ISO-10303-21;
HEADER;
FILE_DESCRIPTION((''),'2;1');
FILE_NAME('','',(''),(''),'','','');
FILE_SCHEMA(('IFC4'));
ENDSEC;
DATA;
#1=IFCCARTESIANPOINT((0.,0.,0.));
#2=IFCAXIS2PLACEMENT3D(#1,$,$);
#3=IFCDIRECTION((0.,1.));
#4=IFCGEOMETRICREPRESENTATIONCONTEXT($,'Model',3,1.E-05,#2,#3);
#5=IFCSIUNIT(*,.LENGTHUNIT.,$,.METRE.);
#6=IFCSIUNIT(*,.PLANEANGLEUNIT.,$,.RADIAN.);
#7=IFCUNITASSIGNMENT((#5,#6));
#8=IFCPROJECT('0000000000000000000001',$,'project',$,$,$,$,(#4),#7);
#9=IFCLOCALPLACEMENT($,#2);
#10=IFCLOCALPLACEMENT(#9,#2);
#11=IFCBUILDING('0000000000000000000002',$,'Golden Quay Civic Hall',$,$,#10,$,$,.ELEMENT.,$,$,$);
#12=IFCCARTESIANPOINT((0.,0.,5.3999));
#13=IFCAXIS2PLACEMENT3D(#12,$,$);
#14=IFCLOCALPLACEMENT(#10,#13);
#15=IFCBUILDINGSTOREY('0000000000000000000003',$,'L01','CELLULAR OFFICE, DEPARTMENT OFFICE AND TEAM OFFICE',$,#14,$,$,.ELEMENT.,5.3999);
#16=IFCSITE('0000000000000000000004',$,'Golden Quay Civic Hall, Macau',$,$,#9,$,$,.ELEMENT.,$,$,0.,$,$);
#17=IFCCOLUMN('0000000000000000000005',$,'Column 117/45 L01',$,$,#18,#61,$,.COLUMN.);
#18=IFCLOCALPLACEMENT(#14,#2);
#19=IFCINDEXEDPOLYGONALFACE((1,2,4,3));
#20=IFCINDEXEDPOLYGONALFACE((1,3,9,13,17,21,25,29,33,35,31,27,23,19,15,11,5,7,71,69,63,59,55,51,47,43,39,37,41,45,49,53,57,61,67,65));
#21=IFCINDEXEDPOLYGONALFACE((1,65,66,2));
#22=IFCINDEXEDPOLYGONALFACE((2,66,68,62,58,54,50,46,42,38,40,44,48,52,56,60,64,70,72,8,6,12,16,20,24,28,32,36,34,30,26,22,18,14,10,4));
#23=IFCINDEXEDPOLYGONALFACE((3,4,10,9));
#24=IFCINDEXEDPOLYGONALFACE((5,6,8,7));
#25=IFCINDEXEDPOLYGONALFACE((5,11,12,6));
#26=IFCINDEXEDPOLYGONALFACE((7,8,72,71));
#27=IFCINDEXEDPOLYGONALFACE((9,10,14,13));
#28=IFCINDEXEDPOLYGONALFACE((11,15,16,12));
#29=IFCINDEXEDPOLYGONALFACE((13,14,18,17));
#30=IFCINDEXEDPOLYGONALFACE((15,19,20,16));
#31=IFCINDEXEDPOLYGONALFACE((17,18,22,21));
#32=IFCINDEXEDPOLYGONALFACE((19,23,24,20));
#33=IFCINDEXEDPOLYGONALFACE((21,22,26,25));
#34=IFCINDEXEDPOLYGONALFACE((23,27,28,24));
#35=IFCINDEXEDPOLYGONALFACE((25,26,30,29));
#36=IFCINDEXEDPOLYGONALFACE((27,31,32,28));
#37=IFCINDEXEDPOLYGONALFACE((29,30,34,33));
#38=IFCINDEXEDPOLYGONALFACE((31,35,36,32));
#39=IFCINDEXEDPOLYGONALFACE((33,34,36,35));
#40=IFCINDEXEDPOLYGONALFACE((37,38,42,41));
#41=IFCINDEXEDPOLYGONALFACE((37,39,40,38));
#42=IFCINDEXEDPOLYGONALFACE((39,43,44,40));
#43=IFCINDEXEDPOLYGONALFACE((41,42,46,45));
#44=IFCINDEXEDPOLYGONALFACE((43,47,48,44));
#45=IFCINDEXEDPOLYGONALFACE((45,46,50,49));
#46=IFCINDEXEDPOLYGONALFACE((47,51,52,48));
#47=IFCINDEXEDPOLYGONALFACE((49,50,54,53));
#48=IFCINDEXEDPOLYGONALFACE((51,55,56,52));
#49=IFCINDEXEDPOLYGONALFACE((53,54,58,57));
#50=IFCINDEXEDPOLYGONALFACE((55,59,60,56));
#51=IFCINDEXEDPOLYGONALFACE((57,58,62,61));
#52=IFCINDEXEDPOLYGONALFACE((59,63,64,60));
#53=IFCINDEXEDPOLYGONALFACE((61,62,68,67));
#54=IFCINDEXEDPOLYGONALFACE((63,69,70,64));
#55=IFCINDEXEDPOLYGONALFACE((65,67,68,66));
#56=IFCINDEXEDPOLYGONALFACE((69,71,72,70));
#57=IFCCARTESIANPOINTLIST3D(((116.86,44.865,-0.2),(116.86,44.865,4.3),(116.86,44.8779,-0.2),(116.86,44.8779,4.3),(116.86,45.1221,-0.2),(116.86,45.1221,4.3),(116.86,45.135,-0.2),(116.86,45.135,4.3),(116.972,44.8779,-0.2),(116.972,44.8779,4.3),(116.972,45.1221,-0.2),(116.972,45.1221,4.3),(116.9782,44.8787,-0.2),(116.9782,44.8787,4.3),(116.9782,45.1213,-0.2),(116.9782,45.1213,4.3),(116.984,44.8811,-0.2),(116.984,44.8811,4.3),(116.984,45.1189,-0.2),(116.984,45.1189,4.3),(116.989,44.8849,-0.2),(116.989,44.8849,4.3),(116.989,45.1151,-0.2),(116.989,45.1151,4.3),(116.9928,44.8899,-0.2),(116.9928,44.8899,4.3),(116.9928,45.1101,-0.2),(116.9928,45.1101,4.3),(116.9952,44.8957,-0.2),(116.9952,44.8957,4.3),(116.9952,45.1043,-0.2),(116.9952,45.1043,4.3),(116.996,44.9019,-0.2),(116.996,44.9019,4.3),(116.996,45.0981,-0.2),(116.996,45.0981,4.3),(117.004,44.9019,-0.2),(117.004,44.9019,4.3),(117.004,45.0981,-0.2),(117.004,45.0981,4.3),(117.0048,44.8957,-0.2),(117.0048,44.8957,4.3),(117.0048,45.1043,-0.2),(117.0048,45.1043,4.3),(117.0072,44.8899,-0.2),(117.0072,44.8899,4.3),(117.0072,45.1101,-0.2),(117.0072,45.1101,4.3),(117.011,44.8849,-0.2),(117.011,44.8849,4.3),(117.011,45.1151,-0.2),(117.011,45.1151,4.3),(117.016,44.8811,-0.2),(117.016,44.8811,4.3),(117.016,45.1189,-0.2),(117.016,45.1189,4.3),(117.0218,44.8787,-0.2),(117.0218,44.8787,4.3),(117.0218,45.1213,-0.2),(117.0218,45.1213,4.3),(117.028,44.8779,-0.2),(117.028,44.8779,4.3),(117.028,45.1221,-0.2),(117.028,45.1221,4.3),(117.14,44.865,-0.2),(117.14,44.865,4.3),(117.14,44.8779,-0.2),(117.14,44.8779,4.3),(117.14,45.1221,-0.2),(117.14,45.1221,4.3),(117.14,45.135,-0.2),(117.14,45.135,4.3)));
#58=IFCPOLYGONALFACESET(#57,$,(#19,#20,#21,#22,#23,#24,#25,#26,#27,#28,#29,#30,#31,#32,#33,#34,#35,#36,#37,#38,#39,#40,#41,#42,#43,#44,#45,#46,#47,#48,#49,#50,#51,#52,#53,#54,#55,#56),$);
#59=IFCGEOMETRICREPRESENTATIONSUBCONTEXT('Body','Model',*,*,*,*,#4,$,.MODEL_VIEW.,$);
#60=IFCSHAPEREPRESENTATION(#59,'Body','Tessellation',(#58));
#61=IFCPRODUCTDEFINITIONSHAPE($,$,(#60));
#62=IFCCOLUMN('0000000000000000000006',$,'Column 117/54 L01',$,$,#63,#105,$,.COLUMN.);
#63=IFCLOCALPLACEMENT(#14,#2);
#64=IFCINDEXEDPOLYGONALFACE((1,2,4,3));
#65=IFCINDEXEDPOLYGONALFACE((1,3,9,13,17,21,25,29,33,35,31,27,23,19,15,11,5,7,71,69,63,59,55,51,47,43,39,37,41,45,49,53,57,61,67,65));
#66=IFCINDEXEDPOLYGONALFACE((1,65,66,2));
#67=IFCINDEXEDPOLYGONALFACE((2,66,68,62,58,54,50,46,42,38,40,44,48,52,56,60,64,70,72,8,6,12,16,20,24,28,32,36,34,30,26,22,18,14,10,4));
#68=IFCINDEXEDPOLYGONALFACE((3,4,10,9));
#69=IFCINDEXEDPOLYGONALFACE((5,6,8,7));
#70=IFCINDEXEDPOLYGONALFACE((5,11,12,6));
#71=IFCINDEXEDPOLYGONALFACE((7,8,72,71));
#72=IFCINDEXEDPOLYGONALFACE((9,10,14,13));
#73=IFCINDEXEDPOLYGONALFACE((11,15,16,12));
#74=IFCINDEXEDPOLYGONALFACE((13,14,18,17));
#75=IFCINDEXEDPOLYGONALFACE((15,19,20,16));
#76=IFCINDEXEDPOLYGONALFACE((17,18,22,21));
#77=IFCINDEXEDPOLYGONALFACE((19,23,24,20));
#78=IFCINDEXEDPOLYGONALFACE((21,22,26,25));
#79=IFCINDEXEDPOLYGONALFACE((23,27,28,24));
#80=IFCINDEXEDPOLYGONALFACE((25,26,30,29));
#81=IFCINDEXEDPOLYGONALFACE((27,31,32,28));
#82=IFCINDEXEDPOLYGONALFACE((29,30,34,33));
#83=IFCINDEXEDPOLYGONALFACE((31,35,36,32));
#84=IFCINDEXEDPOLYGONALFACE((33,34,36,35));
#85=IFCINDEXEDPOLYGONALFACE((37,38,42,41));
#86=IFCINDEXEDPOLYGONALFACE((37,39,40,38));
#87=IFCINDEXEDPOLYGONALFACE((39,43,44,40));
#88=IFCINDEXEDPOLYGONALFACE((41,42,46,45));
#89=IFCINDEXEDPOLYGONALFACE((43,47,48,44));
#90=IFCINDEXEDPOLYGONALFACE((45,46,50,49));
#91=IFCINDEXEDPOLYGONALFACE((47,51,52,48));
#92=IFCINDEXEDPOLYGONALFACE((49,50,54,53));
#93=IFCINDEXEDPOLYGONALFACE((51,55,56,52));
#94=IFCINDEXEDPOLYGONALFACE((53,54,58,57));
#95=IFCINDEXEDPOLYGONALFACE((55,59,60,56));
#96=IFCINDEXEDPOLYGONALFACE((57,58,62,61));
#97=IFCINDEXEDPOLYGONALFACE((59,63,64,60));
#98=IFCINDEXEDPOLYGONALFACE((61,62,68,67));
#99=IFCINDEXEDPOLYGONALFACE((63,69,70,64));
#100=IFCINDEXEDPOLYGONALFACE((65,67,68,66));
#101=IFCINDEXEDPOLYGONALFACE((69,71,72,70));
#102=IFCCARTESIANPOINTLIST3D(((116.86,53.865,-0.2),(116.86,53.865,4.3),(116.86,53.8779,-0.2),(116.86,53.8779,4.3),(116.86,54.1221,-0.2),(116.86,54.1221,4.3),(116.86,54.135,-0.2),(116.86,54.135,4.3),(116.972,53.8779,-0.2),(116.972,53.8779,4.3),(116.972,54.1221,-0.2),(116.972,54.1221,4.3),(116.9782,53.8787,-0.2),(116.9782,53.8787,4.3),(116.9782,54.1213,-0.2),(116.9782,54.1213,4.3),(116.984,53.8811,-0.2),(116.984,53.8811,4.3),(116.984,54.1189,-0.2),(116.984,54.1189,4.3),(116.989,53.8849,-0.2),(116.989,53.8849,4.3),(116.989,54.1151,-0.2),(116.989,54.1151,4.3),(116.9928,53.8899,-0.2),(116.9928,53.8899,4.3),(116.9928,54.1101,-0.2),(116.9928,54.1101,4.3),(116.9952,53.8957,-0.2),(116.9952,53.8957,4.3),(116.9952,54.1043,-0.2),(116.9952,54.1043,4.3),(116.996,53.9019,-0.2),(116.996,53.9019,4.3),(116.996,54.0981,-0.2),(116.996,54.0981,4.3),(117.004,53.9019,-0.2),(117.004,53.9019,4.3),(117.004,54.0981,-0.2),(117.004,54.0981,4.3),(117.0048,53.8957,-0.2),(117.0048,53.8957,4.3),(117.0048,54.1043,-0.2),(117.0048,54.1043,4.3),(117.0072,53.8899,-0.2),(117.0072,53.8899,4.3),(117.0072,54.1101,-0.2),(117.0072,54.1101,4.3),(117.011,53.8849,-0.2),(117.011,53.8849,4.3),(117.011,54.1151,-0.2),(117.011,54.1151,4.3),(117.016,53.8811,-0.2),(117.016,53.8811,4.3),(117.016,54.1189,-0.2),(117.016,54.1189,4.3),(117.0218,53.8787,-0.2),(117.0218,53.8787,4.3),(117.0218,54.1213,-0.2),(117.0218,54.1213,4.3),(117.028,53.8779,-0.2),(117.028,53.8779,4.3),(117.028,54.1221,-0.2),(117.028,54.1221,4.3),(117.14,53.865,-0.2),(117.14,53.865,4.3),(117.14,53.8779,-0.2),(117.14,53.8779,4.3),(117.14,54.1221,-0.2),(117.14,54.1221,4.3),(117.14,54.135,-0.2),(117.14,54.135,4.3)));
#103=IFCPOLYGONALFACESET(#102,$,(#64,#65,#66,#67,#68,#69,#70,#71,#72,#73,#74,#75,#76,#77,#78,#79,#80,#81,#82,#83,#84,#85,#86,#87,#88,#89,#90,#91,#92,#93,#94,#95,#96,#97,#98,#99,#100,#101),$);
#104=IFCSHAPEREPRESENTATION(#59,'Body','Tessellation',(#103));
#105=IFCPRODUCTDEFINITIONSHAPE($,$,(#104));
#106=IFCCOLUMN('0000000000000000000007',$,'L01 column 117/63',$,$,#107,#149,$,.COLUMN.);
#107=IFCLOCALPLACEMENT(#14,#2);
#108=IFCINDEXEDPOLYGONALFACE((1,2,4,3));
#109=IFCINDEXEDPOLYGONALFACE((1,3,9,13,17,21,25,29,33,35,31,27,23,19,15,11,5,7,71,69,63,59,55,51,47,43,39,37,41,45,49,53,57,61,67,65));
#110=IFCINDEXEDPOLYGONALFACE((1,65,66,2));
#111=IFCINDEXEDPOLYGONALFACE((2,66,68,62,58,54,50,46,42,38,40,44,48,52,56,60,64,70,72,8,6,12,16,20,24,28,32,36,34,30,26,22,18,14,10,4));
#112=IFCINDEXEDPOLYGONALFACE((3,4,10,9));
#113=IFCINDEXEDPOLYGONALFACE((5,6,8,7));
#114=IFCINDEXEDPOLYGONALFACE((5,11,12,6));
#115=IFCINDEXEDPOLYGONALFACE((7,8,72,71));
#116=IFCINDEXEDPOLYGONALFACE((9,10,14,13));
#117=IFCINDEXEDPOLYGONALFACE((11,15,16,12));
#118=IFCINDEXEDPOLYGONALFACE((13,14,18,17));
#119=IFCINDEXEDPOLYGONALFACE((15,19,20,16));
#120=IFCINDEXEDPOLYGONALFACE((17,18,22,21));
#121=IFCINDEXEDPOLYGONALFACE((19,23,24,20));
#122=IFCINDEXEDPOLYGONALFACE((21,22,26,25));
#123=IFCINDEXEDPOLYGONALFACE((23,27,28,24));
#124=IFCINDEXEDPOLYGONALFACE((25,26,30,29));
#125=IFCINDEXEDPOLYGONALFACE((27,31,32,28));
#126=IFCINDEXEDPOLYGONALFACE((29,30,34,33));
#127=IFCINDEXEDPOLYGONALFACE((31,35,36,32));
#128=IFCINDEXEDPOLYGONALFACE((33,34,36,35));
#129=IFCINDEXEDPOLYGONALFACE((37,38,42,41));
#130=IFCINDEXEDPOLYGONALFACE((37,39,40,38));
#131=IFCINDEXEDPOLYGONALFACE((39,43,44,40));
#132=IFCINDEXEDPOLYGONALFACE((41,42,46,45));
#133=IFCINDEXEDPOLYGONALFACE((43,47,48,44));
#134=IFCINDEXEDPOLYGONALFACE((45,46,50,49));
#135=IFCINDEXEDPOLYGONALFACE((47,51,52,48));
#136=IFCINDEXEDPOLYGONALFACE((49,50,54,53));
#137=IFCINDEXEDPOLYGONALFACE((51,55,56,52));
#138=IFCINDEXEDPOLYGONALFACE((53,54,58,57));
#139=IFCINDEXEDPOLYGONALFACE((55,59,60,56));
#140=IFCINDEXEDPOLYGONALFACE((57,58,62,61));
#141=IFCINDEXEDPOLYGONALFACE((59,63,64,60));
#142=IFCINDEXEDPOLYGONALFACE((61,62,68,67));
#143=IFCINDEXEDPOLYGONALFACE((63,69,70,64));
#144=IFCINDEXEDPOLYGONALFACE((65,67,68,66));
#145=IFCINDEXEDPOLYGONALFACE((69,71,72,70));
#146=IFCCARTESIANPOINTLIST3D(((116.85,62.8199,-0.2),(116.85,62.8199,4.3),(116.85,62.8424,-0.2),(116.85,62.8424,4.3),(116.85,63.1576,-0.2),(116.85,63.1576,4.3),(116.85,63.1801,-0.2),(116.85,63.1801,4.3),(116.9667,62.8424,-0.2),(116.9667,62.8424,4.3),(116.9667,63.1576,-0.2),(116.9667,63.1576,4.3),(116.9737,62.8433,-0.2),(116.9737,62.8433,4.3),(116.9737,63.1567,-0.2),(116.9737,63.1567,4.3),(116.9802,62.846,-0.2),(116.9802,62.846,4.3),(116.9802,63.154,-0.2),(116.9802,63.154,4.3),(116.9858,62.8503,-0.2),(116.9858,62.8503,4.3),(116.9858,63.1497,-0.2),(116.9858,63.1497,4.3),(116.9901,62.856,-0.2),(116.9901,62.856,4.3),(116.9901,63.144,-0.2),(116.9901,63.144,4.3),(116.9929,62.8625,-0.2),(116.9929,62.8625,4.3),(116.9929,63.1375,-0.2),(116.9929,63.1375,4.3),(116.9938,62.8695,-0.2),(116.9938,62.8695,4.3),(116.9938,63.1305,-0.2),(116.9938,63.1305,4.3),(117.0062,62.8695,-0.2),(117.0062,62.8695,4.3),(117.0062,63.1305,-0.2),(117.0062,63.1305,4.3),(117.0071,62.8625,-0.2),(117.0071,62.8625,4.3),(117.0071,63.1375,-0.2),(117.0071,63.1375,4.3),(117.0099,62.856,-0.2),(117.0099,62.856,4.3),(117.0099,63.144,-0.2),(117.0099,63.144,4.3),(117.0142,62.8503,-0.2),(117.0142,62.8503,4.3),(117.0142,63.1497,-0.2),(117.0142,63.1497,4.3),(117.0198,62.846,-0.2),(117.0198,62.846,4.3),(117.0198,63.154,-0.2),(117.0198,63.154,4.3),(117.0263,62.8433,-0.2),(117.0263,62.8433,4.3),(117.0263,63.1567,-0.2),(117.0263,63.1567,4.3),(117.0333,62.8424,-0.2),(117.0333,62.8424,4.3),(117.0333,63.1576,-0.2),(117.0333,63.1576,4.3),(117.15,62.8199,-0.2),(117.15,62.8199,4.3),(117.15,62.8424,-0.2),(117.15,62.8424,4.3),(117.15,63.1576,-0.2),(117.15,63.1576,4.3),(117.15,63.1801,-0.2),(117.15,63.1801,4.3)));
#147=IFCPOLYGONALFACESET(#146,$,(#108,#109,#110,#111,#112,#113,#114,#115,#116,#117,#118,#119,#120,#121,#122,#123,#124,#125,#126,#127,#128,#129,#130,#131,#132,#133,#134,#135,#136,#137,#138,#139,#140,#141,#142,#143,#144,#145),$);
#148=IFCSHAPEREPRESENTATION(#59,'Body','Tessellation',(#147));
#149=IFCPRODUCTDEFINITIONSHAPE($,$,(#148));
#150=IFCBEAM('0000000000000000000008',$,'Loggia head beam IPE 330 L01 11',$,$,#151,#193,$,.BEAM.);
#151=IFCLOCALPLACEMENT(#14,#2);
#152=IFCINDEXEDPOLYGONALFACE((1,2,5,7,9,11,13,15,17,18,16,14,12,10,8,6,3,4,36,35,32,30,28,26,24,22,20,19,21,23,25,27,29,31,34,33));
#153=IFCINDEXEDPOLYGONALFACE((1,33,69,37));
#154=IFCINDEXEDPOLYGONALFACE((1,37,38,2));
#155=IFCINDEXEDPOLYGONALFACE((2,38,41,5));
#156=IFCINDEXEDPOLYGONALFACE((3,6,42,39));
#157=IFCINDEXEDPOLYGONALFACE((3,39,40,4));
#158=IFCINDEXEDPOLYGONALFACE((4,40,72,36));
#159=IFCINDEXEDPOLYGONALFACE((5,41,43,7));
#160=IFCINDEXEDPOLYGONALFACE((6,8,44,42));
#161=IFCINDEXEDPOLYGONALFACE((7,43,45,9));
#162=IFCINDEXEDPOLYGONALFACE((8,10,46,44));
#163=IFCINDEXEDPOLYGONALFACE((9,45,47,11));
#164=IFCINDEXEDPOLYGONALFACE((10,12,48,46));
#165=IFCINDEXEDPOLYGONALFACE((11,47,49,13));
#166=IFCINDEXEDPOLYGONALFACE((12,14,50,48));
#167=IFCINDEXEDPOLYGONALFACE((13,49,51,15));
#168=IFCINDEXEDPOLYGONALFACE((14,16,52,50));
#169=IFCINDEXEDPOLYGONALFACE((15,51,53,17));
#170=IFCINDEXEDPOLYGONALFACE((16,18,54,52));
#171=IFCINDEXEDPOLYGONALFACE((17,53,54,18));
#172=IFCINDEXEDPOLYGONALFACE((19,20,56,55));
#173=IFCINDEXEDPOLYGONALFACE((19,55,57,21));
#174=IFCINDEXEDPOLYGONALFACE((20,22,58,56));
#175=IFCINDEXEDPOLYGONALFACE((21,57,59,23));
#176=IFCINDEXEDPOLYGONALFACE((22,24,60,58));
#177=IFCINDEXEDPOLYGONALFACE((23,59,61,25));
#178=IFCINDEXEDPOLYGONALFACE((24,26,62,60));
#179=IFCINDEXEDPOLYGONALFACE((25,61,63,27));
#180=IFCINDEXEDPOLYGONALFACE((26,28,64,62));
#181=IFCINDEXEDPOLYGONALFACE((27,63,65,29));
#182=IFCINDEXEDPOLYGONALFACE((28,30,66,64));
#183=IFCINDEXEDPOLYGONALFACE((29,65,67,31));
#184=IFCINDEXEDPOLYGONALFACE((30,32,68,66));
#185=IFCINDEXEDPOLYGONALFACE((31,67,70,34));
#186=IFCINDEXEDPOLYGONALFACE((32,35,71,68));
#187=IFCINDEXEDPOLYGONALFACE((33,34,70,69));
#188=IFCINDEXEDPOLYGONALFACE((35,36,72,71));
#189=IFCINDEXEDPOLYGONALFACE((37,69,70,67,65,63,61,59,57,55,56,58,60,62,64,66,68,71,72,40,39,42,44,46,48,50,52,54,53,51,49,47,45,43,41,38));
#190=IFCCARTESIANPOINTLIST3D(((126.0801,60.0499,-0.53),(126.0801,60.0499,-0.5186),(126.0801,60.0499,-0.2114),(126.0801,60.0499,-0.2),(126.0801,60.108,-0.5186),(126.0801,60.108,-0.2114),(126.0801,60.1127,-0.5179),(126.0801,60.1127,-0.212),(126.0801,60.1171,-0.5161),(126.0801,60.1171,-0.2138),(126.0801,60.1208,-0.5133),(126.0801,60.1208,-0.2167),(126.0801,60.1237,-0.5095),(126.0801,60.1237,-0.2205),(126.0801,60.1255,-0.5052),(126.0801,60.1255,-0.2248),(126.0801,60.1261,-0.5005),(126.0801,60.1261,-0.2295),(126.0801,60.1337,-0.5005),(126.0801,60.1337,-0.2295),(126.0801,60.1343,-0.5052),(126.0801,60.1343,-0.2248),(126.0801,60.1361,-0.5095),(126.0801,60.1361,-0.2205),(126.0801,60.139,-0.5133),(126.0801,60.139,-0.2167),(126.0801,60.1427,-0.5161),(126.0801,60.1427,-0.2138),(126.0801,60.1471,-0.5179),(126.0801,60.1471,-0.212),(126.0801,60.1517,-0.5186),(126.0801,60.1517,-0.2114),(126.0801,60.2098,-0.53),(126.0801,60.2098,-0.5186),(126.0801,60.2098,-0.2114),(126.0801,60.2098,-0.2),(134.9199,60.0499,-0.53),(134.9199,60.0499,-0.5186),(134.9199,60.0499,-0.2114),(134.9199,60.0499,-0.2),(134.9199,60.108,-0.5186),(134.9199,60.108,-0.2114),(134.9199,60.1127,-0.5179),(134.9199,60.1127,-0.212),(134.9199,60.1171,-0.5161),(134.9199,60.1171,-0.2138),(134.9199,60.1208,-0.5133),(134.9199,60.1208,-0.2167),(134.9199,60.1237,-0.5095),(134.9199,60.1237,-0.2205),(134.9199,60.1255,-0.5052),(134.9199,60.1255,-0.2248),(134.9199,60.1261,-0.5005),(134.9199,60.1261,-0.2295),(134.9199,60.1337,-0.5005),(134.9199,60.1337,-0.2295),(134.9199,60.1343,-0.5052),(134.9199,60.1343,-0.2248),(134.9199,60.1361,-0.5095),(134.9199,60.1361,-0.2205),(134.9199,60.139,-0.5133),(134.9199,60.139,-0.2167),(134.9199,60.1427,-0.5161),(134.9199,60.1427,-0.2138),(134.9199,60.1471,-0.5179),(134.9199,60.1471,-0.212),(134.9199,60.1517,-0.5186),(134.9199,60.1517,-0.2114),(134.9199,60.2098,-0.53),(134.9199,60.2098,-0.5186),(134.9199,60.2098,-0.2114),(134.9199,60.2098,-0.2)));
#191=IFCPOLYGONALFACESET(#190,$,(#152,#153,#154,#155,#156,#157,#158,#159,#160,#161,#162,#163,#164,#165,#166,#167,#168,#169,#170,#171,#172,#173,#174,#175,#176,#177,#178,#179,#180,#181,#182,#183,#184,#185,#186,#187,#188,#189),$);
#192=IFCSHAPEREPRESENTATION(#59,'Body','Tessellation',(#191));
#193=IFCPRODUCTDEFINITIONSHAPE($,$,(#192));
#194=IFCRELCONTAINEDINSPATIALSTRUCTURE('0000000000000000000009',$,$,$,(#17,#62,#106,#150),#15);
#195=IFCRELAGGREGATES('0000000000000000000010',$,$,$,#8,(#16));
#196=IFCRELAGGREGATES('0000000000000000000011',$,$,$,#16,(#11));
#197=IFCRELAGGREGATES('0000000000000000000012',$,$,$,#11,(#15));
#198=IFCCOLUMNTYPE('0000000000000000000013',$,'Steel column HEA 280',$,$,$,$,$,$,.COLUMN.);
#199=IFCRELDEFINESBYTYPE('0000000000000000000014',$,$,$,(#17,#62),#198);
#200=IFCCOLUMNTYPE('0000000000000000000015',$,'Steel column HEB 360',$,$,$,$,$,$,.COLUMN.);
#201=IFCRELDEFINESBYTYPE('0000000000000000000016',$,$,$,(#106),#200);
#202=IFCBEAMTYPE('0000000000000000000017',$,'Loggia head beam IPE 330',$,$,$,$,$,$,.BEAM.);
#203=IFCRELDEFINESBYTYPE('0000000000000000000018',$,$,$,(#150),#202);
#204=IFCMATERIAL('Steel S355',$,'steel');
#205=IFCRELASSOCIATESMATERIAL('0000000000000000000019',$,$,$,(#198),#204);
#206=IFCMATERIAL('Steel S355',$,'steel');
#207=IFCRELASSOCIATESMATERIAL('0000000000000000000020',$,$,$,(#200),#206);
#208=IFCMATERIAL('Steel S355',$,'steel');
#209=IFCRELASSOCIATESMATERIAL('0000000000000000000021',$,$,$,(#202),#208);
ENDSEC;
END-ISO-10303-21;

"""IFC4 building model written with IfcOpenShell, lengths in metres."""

from ifc_helpers import new_model, si_unit, direction, frame, origin, origin_2d, place, context, subcontext, project, spatial, i_section, extrude, material, material_profile, profile_set, type_object, element, save


model = new_model("IFC4")

# Units and contexts
model_context = context("Model", 3, precision=1e-05, world=origin(), true_north=direction((0.0, 1.0)))
body_context = subcontext(model_context, "Body", "Model", "MODEL_VIEW")
ifc_project = project(units=[si_unit("LENGTHUNIT", "METRE"), si_unit("PLANEANGLEUNIT", "RADIAN")], contexts=[model_context])

# Site, building, storey
site_placement = place(None, origin())
site = spatial("IfcSite", under=ifc_project, at=site_placement, Name="Golden Quay Civic Hall, Macau", CompositionType="ELEMENT", RefElevation=0.0)
building_placement = place(site_placement, origin())
building = spatial("IfcBuilding", under=site, at=building_placement, Name="Golden Quay Civic Hall", CompositionType="ELEMENT")
storey_placement = place(building_placement, frame((0.0, 0.0, 5.3999)))
storey = spatial("IfcBuildingStorey", under=building, at=storey_placement, Name="L01", Description="CELLULAR OFFICE, DEPARTMENT OFFICE AND TEAM OFFICE", CompositionType="ELEMENT", Elevation=5.3999)

# Columns
ifc_material_1 = material(Name="Steel S355", Category="steel")
ifc_material_profile_1 = material_profile(ifc_material_1, i_section(OverallWidth=0.28, OverallDepth=0.27, WebThickness=0.0081, FlangeThickness=0.0129, FilletRadius=0.0239, at=origin_2d()), Name="HEA 280")
ifc_profile_set_1 = profile_set([ifc_material_profile_1], Name="Steel S355")
column_type_1 = type_object("IfcColumnType", Name="Steel column HEA 280", PredefinedType="COLUMN", material=ifc_profile_set_1)
for number, where, z_axis, x_axis, name in (
    (1, (117.0, 45.0, -0.2), (0.0, 0.0, 1.0), (1.0, 0.0, 0.0), "Column 117/45 L01"),
    (2, (117.0, 54.0, -0.2), (0.0, 0.0, 1.0), (1.0, 0.0, 0.0), "Column 117/54 L01"),
):
    element("IfcColumn", number, at=place(storey_placement, frame(where, z_axis=z_axis, x_axis=x_axis)), inside=storey, type_object=column_type_1, Name=name, PredefinedType="COLUMN", context=body_context, shape_type="SweptSolid", body=[
        extrude(i_section(OverallWidth=0.28, OverallDepth=0.27, WebThickness=0.0081, FlangeThickness=0.0129, FilletRadius=0.0239, at=origin_2d()), origin(), (0.0, 0.0, 1.0), 4.5),
    ])
ifc_material_2 = material(Name="Steel S355", Category="steel")
ifc_material_profile_2 = material_profile(ifc_material_2, i_section(OverallWidth=0.3, OverallDepth=0.3601, WebThickness=0.0125, FlangeThickness=0.0225, FilletRadius=0.0271, at=origin_2d()), Name="HEB 360")
ifc_profile_set_2 = profile_set([ifc_material_profile_2], Name="Steel S355")
column_type_2 = type_object("IfcColumnType", Name="Steel column HEB 360", PredefinedType="COLUMN", material=ifc_profile_set_2)
column_placement = place(storey_placement, frame((117.0, 63.0, -0.2), z_axis=(0.0, 0.0, 1.0), x_axis=(1.0, 0.0, 0.0)))
element("IfcColumn", 3, at=column_placement, inside=storey, type_object=column_type_2, Name="L01 column 117/63", PredefinedType="COLUMN", context=body_context, shape_type="SweptSolid", body=[
    extrude(i_section(OverallWidth=0.3, OverallDepth=0.3601, WebThickness=0.0125, FlangeThickness=0.0225, FilletRadius=0.0271, at=origin_2d()), origin(), (0.0, 0.0, 1.0), 4.5),
])

# Beam
ifc_material_3 = material(Name="Steel S355", Category="steel")
ifc_material_profile_3 = material_profile(ifc_material_3, i_section(OverallWidth=0.1599, OverallDepth=0.3301, WebThickness=0.0076, FlangeThickness=0.0115, FilletRadius=0.0181, at=origin_2d()), Name="IPE 330")
ifc_profile_set_3 = profile_set([ifc_material_profile_3], Name="Steel S355")
beam_type_1 = type_object("IfcBeamType", Name="Loggia head beam IPE 330", PredefinedType="BEAM", material=ifc_profile_set_3)
beam_1_placement = place(storey_placement, frame((126.0801, 60.1299, -0.365), z_axis=(1.0, 0.0, 0.0), x_axis=(0.0, 1.0, 0.0)))
element("IfcBeam", 4, at=beam_1_placement, inside=storey, type_object=beam_type_1, Name="Loggia head beam IPE 330 L01 11", PredefinedType="BEAM", context=body_context, shape_type="SweptSolid", body=[
    extrude(i_section(OverallWidth=0.1599, OverallDepth=0.3301, WebThickness=0.0076, FlangeThickness=0.0115, FilletRadius=0.0181, at=origin_2d()), origin(), (0.0, 0.0, 1.0), 8.8398),
])

save(model, "model.ifc")
